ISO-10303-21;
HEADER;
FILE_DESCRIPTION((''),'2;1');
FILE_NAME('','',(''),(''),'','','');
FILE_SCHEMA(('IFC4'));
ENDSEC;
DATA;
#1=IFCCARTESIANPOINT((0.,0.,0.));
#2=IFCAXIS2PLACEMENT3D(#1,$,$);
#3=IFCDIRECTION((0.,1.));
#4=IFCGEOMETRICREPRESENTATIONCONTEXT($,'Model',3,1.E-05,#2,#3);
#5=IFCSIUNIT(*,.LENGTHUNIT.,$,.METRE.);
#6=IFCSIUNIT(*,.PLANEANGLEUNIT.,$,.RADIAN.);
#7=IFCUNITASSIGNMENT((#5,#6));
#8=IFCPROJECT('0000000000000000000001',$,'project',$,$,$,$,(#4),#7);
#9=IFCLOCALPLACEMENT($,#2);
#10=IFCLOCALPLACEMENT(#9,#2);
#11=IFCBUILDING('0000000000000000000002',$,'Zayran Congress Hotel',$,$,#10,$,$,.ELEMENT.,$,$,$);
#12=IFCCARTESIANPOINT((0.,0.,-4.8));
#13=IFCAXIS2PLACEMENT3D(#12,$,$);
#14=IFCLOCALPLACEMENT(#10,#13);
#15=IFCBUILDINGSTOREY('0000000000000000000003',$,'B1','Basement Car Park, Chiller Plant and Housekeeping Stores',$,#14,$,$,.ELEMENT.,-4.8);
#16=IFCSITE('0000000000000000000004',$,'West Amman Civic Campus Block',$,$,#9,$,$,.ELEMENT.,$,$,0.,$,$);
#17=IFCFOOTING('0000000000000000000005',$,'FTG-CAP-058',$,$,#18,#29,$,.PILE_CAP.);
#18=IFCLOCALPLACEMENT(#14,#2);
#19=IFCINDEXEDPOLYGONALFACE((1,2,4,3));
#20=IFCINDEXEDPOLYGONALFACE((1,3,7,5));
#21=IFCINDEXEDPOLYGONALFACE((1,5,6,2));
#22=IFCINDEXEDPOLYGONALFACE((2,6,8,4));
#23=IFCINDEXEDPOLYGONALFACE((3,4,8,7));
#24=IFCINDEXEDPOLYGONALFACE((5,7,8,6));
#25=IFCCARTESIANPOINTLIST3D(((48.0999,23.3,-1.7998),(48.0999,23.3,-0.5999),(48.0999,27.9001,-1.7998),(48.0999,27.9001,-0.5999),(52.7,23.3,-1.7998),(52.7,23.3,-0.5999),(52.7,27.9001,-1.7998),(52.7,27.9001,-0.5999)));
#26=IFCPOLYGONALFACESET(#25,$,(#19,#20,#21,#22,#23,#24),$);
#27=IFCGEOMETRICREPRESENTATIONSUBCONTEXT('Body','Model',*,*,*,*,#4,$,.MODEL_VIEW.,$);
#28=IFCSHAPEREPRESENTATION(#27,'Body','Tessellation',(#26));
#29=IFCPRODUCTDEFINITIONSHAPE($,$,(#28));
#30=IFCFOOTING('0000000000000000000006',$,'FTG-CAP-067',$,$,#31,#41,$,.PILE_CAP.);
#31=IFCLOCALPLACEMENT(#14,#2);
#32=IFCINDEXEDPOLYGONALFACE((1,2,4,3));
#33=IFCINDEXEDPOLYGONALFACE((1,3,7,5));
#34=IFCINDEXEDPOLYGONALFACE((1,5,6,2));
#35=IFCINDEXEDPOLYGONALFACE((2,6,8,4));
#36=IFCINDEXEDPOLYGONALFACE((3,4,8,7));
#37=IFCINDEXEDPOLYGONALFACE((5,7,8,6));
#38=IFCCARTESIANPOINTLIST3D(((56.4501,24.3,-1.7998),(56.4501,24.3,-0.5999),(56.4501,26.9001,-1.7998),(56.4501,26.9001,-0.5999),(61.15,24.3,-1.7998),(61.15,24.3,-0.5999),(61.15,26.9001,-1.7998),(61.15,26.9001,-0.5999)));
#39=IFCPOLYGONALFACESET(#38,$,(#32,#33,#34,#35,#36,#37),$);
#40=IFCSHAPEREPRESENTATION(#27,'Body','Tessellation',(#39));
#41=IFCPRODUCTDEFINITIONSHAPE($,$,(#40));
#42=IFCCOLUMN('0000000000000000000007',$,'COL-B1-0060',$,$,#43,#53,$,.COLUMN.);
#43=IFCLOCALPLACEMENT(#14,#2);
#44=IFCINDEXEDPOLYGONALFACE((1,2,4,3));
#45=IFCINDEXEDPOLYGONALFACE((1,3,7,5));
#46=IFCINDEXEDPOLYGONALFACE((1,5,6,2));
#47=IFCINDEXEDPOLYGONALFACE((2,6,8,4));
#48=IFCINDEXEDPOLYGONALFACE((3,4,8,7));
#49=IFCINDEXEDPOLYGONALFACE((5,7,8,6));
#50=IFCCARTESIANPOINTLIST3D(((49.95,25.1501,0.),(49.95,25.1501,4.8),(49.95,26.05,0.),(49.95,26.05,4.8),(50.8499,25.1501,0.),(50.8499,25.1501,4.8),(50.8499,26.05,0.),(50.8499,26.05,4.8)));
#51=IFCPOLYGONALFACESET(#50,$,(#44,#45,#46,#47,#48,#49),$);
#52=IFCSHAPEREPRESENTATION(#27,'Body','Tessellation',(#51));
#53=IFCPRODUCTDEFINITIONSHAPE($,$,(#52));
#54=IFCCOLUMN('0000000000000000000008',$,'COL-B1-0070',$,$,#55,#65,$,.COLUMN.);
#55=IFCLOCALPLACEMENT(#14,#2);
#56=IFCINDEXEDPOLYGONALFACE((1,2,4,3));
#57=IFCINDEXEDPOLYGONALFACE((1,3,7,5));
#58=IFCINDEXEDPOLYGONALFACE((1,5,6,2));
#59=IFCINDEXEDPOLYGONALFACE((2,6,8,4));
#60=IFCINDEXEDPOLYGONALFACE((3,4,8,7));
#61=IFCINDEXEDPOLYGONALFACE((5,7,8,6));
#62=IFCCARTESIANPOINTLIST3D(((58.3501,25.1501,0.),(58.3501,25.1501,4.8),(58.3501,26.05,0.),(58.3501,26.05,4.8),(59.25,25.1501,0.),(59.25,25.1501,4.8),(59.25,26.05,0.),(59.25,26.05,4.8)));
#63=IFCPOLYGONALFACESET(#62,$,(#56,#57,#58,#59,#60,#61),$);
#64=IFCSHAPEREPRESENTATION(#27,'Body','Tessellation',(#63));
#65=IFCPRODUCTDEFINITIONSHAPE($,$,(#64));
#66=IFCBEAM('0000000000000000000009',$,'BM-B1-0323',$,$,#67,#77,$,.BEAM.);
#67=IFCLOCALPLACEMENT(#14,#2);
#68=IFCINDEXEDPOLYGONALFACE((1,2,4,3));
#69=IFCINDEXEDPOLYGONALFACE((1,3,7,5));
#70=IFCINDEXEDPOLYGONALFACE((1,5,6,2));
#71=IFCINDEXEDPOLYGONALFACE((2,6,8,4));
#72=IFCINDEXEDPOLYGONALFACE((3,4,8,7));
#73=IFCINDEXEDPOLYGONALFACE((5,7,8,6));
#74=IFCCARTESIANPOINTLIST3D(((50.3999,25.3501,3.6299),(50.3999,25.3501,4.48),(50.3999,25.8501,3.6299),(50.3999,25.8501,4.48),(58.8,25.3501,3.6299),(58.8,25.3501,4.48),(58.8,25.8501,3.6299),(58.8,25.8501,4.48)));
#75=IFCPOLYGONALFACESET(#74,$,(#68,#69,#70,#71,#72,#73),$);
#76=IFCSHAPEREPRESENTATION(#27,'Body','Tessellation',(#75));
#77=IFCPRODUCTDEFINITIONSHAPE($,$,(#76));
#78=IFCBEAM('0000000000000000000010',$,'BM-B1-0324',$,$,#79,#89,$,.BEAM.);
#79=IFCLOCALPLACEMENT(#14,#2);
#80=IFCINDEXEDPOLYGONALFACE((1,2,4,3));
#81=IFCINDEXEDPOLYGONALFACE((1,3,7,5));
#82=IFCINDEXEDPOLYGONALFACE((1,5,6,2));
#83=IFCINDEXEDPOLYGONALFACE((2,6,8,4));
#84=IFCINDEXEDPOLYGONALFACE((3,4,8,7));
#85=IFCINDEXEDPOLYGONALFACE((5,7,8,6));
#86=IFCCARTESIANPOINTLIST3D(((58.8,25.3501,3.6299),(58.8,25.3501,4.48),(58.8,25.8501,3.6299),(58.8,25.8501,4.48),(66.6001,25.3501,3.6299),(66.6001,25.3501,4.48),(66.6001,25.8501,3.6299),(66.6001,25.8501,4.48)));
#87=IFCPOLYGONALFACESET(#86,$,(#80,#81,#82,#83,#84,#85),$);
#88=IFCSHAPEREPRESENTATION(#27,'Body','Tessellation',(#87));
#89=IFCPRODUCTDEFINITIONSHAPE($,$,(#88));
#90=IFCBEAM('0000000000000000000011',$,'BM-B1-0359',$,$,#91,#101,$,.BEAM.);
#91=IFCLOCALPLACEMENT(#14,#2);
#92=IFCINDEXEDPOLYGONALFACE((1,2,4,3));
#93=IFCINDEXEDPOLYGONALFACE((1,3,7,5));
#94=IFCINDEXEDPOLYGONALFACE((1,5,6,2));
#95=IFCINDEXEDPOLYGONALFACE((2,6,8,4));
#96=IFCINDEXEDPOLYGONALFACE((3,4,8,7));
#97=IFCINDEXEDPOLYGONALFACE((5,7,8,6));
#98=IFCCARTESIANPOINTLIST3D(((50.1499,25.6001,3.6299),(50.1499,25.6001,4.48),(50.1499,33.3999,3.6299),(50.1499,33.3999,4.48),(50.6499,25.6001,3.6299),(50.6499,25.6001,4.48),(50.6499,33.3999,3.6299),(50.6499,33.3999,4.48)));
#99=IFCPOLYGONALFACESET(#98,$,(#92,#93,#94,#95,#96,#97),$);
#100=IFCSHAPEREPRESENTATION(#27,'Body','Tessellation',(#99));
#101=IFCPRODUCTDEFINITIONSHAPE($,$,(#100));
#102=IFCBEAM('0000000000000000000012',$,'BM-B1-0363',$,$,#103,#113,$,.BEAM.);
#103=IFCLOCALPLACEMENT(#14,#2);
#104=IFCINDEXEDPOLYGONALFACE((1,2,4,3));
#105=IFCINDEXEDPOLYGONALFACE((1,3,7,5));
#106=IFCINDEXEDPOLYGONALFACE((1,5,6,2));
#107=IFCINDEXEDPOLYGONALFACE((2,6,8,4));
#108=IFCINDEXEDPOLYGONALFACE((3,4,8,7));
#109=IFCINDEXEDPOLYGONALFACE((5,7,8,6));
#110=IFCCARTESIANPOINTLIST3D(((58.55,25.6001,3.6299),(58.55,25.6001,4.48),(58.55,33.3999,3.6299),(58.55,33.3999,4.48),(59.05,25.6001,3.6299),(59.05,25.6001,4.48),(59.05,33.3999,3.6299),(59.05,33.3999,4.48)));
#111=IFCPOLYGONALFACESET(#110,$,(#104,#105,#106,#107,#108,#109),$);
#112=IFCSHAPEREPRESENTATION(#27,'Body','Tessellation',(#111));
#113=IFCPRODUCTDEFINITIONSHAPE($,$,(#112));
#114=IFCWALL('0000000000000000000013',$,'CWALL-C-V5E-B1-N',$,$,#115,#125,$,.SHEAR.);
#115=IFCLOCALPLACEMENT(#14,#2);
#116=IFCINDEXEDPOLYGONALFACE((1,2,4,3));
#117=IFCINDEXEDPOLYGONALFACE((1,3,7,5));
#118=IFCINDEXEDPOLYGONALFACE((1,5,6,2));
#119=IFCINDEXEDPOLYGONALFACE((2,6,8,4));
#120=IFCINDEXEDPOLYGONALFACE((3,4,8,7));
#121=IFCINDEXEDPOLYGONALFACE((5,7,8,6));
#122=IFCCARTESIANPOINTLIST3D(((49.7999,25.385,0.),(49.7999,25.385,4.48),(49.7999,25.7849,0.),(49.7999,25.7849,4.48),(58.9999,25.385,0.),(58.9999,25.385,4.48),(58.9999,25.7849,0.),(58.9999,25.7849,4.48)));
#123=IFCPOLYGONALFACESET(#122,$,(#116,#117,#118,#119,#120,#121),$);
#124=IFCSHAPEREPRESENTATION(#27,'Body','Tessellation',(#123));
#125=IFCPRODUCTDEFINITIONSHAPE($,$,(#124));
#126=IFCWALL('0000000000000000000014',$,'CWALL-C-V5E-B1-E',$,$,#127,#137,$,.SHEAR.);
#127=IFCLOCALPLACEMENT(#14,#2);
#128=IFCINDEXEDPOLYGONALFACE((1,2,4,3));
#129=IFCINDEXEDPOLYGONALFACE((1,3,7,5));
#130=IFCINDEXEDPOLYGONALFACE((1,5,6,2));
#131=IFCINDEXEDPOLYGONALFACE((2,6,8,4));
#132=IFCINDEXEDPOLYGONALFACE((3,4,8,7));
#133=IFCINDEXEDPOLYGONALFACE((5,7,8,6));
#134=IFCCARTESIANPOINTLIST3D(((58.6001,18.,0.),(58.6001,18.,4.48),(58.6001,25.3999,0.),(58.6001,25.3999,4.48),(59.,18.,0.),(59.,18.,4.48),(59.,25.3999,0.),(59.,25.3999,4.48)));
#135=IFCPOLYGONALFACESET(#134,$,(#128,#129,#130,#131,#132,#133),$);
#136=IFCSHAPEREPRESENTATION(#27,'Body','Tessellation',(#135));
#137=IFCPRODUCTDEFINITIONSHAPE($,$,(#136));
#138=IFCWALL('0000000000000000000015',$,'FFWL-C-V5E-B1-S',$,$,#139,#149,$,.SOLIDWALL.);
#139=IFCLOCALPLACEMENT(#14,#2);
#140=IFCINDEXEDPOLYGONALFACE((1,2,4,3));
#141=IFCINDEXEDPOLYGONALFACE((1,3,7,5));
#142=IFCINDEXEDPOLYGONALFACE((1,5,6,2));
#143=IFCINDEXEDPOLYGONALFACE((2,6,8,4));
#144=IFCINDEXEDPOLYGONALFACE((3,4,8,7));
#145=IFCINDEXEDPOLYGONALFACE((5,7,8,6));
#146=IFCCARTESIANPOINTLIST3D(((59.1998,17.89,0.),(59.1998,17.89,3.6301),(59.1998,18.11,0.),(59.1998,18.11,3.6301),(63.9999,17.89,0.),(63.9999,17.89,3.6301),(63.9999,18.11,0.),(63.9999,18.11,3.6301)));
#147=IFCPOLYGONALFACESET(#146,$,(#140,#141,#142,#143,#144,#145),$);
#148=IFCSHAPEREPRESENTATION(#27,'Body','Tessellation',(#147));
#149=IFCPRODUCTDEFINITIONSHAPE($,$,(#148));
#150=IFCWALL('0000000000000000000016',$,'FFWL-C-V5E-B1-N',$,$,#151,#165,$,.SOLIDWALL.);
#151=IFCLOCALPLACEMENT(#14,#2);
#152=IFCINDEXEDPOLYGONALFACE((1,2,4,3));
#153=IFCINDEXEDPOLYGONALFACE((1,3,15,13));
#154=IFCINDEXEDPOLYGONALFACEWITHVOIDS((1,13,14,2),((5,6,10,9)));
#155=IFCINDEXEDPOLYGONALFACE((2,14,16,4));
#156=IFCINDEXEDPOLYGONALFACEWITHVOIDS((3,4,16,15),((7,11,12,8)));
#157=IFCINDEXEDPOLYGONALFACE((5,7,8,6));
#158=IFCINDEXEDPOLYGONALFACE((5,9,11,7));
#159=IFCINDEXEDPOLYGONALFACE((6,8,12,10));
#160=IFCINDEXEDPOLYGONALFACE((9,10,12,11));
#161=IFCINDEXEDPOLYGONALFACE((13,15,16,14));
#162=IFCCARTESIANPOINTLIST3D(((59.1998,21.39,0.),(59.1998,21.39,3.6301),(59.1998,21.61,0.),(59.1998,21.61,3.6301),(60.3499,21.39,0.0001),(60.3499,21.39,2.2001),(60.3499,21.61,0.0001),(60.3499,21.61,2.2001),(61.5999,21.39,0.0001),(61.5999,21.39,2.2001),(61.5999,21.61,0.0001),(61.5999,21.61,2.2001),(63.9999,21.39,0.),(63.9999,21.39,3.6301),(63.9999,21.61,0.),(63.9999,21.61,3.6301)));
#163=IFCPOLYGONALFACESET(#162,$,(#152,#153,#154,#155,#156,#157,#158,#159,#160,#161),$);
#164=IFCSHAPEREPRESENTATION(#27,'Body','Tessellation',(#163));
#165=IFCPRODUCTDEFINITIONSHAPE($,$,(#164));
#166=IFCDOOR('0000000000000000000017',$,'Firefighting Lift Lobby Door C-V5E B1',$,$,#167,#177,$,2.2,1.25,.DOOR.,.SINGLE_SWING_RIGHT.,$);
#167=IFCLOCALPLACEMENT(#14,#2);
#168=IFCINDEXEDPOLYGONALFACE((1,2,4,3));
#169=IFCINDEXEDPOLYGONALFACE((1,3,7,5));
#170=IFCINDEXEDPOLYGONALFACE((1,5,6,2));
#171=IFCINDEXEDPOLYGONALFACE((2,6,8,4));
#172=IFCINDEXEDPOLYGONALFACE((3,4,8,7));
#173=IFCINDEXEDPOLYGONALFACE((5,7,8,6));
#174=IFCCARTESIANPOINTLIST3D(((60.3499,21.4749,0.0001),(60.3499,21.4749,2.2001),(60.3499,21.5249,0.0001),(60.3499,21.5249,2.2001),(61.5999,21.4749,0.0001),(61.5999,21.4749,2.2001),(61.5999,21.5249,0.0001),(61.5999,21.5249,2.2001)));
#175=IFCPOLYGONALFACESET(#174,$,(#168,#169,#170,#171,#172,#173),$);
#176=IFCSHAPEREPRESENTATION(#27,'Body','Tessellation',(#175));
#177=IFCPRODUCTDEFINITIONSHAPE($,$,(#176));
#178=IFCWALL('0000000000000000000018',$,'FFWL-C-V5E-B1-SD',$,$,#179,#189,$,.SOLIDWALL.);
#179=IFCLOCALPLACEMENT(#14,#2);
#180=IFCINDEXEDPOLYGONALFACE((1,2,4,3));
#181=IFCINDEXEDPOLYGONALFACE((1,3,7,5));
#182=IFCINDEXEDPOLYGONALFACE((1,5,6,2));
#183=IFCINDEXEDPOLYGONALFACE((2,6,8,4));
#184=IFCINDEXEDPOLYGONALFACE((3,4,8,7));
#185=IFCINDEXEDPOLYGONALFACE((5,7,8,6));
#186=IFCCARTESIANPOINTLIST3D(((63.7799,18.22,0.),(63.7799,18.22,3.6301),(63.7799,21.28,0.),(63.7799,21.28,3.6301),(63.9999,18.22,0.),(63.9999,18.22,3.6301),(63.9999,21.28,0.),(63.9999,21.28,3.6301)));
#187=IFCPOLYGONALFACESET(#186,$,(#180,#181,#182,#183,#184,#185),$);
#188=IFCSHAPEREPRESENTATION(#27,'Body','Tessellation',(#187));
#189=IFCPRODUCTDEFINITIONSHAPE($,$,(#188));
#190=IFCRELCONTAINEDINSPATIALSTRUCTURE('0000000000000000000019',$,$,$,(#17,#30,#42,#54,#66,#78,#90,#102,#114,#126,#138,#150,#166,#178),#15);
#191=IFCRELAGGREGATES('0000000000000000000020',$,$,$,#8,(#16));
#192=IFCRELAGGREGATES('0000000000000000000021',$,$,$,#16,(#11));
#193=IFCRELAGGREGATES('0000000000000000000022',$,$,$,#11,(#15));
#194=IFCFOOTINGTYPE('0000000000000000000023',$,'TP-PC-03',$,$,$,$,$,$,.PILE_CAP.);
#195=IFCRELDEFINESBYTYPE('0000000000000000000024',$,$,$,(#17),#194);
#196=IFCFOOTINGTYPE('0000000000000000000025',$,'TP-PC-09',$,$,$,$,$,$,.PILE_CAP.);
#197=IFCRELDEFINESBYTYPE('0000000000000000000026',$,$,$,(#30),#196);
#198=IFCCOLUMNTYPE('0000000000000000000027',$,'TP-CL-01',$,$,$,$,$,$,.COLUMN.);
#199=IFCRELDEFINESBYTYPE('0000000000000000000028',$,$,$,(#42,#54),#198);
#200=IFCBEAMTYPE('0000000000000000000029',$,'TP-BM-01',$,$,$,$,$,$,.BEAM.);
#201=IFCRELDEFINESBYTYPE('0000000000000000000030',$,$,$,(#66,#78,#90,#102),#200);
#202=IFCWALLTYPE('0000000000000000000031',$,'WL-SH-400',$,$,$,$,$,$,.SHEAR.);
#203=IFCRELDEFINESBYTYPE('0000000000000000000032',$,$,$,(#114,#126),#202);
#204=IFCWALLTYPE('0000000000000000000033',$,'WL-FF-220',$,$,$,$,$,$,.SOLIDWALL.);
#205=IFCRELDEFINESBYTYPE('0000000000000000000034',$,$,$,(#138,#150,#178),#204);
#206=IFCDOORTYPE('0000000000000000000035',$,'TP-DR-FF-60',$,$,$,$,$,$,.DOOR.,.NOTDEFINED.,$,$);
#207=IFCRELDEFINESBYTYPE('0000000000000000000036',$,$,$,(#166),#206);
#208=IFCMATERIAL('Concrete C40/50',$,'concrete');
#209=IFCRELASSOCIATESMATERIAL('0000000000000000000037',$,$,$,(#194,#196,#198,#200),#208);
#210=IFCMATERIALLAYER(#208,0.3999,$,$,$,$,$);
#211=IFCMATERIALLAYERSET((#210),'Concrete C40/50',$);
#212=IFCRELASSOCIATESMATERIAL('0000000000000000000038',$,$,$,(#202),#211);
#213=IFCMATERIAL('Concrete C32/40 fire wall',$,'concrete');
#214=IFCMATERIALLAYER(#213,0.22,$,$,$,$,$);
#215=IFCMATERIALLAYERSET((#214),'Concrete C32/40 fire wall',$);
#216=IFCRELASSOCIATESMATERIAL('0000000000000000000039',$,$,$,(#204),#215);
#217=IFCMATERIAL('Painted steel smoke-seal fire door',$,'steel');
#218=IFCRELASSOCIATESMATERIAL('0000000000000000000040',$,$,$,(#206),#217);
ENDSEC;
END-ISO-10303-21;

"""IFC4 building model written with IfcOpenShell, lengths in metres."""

from ifc_helpers import new_model, si_unit, direction, frame, frame_2d, origin, origin_2d, place, context, subcontext, project, spatial, rectangle, extrude, material, layer, layer_set, material_profile, profile_set, type_object, element, fill, save


model = new_model("IFC4")

# Units and contexts
model_context = context("Model", 3, precision=1e-05, world=origin(), true_north=direction((0.0, 1.0)))
body_context = subcontext(model_context, "Body", "Model", "MODEL_VIEW")
ifc_project = project(units=[si_unit("LENGTHUNIT", "METRE"), si_unit("PLANEANGLEUNIT", "RADIAN")], contexts=[model_context])

# Site, building, storey
site_placement = place(None, origin())
site = spatial("IfcSite", under=ifc_project, at=site_placement, Name="West Amman Civic Campus Block", CompositionType="ELEMENT", RefElevation=0.0)
building_placement = place(site_placement, origin())
building = spatial("IfcBuilding", under=site, at=building_placement, Name="Zayran Congress Hotel", CompositionType="ELEMENT")
storey_placement = place(building_placement, frame((0.0, 0.0, -4.8)))
storey = spatial("IfcBuildingStorey", under=building, at=storey_placement, Name="B1", Description="Basement Car Park, Chiller Plant and Housekeeping Stores", CompositionType="ELEMENT", Elevation=-4.8)

# Shared definitions
ifc_material_1 = material(Name="Concrete C40/50", Category="concrete")

# Footings
footing_type_1 = type_object("IfcFootingType", Name="TP-PC-03", PredefinedType="PILE_CAP", material=ifc_material_1)
footing_1_placement = place(storey_placement, frame((50.3999, 25.6001, -1.7998), z_axis=(0.0, 0.0, 1.0), x_axis=(1.0, 0.0, 0.0)))
element("IfcFooting", 1, at=footing_1_placement, inside=storey, type_object=footing_type_1, Name="FTG-CAP-058", PredefinedType="PILE_CAP", context=body_context, shape_type="SweptSolid", body=[
    extrude(rectangle(XDim=4.6001, YDim=4.6001, at=origin_2d()), origin(), (0.0, 0.0, 1.0), 1.2),
])
footing_type_2 = type_object("IfcFootingType", Name="TP-PC-09", PredefinedType="PILE_CAP", material=ifc_material_1)
footing_2_placement = place(storey_placement, frame((58.8, 25.6001, -1.7998), z_axis=(0.0, 0.0, 1.0), x_axis=(1.0, 0.0, 0.0)))
element("IfcFooting", 2, at=footing_2_placement, inside=storey, type_object=footing_type_2, Name="FTG-CAP-067", PredefinedType="PILE_CAP", context=body_context, shape_type="SweptSolid", body=[
    extrude(rectangle(XDim=4.7, YDim=2.6001, at=origin_2d()), origin(), (0.0, 0.0, 1.0), 1.2),
])

# Columns
ifc_material_profile_1 = material_profile(ifc_material_1, rectangle(XDim=0.8999, YDim=0.8999, at=origin_2d()), Name="RC 900x900")
ifc_profile_set_1 = profile_set([ifc_material_profile_1], Name="Concrete C40/50")
column_type = type_object("IfcColumnType", Name="TP-CL-01", PredefinedType="COLUMN", material=ifc_profile_set_1)
for number, where, z_axis, x_axis, name in (
    (3, (50.3999, 25.6001, 0.0), (0.0, 0.0, 1.0), (1.0, 0.0, 0.0), "COL-B1-0060"),
    (4, (58.8, 25.6001, 0.0), (0.0, 0.0, 1.0), (1.0, 0.0, 0.0), "COL-B1-0070"),
):
    element("IfcColumn", number, at=place(storey_placement, frame(where, z_axis=z_axis, x_axis=x_axis)), inside=storey, type_object=column_type, Name=name, PredefinedType="COLUMN", context=body_context, shape_type="SweptSolid", body=[
        extrude(rectangle(XDim=0.8999, YDim=0.8999, at=origin_2d()), origin(), (0.0, 0.0, 1.0), 4.8),
    ])

# Beams
ifc_material_profile_2 = material_profile(ifc_material_1, rectangle(XDim=0.5, YDim=0.8501, at=origin_2d()), Name="RC 500x850")
ifc_profile_set_2 = profile_set([ifc_material_profile_2], Name="Concrete C40/50")
beam_type = type_object("IfcBeamType", Name="TP-BM-01", PredefinedType="BEAM", material=ifc_profile_set_2)
beam_1_placement = place(storey_placement, frame((50.3999, 25.6001, 4.0549), z_axis=(1.0, 0.0, 0.0), x_axis=(0.0, 1.0, 0.0)))
element("IfcBeam", 5, at=beam_1_placement, inside=storey, type_object=beam_type, Name="BM-B1-0323", PredefinedType="BEAM", context=body_context, shape_type="SweptSolid", body=[
    extrude(rectangle(XDim=0.5, YDim=0.8501, at=origin_2d()), origin(), (0.0, 0.0, 1.0), 8.4001),
])
beam_2_placement = place(storey_placement, frame((58.8, 25.6001, 4.0549), z_axis=(1.0, 0.0, 0.0), x_axis=(0.0, 1.0, 0.0)))
element("IfcBeam", 6, at=beam_2_placement, inside=storey, type_object=beam_type, Name="BM-B1-0324", PredefinedType="BEAM", context=body_context, shape_type="SweptSolid", body=[
    extrude(rectangle(XDim=0.5, YDim=0.8501, at=origin_2d()), origin(), (0.0, 0.0, 1.0), 7.8),
])
for number, where, z_axis, x_axis, name in (
    (7, (50.3999, 25.6001, 4.0549), (0.0, 1.0, 0.0), (-1.0, 0.0, 0.0), "BM-B1-0359"),
    (8, (58.8, 25.6001, 4.0549), (0.0, 1.0, 0.0), (-1.0, 0.0, 0.0), "BM-B1-0363"),
):
    element("IfcBeam", number, at=place(storey_placement, frame(where, z_axis=z_axis, x_axis=x_axis)), inside=storey, type_object=beam_type, Name=name, PredefinedType="BEAM", context=body_context, shape_type="SweptSolid", body=[
        extrude(rectangle(XDim=0.5, YDim=0.8501, at=origin_2d()), origin(), (0.0, 0.0, 1.0), 7.7998),
    ])

# Walls
ifc_layer_1 = layer(ifc_material_1, 0.3999)
ifc_layer_set_1 = layer_set([ifc_layer_1], Name="Concrete C40/50")
wall_type_1 = type_object("IfcWallType", Name="WL-SH-400", PredefinedType="SHEAR", material=ifc_layer_set_1)
wall_1_placement = place(storey_placement, frame((59.0, 25.585, 0.0), z_axis=(0.0, 0.0, 1.0), x_axis=(-1.0, 0.0, 0.0)))
element("IfcWall", 9, at=wall_1_placement, inside=storey, type_object=wall_type_1, Name="CWALL-C-V5E-B1-N", PredefinedType="SHEAR", context=body_context, shape_type="SweptSolid", body=[
    extrude(rectangle(XDim=9.2, YDim=0.3999, at=frame_2d((4.6001, 0.0))), origin(), (0.0, 0.0, 1.0), 4.48),
])
wall_2_placement = place(storey_placement, frame((58.8, 18.0, 0.0), z_axis=(0.0, 0.0, 1.0), x_axis=(0.0, 1.0, 0.0)))
element("IfcWall", 10, at=wall_2_placement, inside=storey, type_object=wall_type_1, Name="CWALL-C-V5E-B1-E", PredefinedType="SHEAR", context=body_context, shape_type="SweptSolid", body=[
    extrude(rectangle(XDim=7.3999, YDim=0.3999, at=frame_2d((3.7, 0.0))), origin(), (0.0, 0.0, 1.0), 4.48),
])
ifc_material_2 = material(Name="Concrete C32/40 fire wall", Category="concrete")
ifc_layer_2 = layer(ifc_material_2, 0.22)
ifc_layer_set_2 = layer_set([ifc_layer_2], Name="Concrete C32/40 fire wall")
wall_type_2 = type_object("IfcWallType", Name="WL-FF-220", PredefinedType="SOLIDWALL", material=ifc_layer_set_2)
wall_3_placement = place(storey_placement, frame((59.2, 18.0, 0.0), z_axis=(0.0, 0.0, 1.0), x_axis=(1.0, 0.0, 0.0)))
element("IfcWall", 11, at=wall_3_placement, inside=storey, type_object=wall_type_2, Name="FFWL-C-V5E-B1-S", PredefinedType="SOLIDWALL", context=body_context, shape_type="SweptSolid", body=[
    extrude(rectangle(XDim=4.8, YDim=0.22, at=frame_2d((2.3999, 0.0))), origin(), (0.0, 0.0, 1.0), 3.6301),
])

# Wall, opening, door
wall_4_placement = place(storey_placement, frame((59.2, 21.5, 0.0), z_axis=(0.0, 0.0, 1.0), x_axis=(1.0, 0.0, 0.0)))
wall_4 = element("IfcWall", 12, at=wall_4_placement, inside=storey, type_object=wall_type_2, Name="FFWL-C-V5E-B1-N", PredefinedType="SOLIDWALL", context=body_context, shape_type="SweptSolid", body=[
    extrude(rectangle(XDim=4.8, YDim=0.22, at=frame_2d((2.3999, 0.0))), origin(), (0.0, 0.0, 1.0), 3.6301),
])
opening_placement = place(wall_4_placement, frame((1.1499, 0.0, 0.0)))
opening = element("IfcOpeningElement", 13, at=opening_placement, cuts=wall_4, PredefinedType="OPENING", context=body_context, shape_type="SweptSolid", body=[
    extrude(rectangle(XDim=1.25, YDim=2.2, at=frame_2d((0.625, 1.1001))), frame((0.0, 0.1199, 0.0), z_axis=(0.0, -1.0, 0.0), x_axis=(1.0, 0.0, 0.0)), (0.0, 0.0, 1.0), 0.24),
])
ifc_material_3 = material(Name="Painted steel smoke-seal fire door", Category="steel")
door_type = type_object("IfcDoorType", Name="TP-DR-FF-60", OperationType="NOTDEFINED", PredefinedType="DOOR", material=ifc_material_3)
door_placement = place(opening_placement, origin())
door = element("IfcDoor", 14, at=door_placement, inside=storey, type_object=door_type, Name="Firefighting Lift Lobby Door C-V5E B1", OperationType="SINGLE_SWING_RIGHT", OverallHeight=2.2, OverallWidth=1.25, PredefinedType="DOOR", context=body_context, shape_type="SweptSolid", body=[
    extrude(rectangle(XDim=1.25, YDim=2.2, at=frame_2d((0.625, 1.1001))), frame((0.0, 0.0249, 0.0), z_axis=(0.0, -1.0, 0.0), x_axis=(1.0, 0.0, 0.0)), (0.0, 0.0, 1.0), 0.05),
])
fill(opening, door)

# Wall
wall_5_placement = place(storey_placement, frame((63.8899, 18.22, 0.0), z_axis=(0.0, 0.0, 1.0), x_axis=(0.0, 1.0, 0.0)))
element("IfcWall", 15, at=wall_5_placement, inside=storey, type_object=wall_type_2, Name="FFWL-C-V5E-B1-SD", PredefinedType="SOLIDWALL", context=body_context, shape_type="SweptSolid", body=[
    extrude(rectangle(XDim=3.0601, YDim=0.22, at=frame_2d((1.53, 0.0))), origin(), (0.0, 0.0, 1.0), 3.6301),
])

save(model, "model.ifc")
